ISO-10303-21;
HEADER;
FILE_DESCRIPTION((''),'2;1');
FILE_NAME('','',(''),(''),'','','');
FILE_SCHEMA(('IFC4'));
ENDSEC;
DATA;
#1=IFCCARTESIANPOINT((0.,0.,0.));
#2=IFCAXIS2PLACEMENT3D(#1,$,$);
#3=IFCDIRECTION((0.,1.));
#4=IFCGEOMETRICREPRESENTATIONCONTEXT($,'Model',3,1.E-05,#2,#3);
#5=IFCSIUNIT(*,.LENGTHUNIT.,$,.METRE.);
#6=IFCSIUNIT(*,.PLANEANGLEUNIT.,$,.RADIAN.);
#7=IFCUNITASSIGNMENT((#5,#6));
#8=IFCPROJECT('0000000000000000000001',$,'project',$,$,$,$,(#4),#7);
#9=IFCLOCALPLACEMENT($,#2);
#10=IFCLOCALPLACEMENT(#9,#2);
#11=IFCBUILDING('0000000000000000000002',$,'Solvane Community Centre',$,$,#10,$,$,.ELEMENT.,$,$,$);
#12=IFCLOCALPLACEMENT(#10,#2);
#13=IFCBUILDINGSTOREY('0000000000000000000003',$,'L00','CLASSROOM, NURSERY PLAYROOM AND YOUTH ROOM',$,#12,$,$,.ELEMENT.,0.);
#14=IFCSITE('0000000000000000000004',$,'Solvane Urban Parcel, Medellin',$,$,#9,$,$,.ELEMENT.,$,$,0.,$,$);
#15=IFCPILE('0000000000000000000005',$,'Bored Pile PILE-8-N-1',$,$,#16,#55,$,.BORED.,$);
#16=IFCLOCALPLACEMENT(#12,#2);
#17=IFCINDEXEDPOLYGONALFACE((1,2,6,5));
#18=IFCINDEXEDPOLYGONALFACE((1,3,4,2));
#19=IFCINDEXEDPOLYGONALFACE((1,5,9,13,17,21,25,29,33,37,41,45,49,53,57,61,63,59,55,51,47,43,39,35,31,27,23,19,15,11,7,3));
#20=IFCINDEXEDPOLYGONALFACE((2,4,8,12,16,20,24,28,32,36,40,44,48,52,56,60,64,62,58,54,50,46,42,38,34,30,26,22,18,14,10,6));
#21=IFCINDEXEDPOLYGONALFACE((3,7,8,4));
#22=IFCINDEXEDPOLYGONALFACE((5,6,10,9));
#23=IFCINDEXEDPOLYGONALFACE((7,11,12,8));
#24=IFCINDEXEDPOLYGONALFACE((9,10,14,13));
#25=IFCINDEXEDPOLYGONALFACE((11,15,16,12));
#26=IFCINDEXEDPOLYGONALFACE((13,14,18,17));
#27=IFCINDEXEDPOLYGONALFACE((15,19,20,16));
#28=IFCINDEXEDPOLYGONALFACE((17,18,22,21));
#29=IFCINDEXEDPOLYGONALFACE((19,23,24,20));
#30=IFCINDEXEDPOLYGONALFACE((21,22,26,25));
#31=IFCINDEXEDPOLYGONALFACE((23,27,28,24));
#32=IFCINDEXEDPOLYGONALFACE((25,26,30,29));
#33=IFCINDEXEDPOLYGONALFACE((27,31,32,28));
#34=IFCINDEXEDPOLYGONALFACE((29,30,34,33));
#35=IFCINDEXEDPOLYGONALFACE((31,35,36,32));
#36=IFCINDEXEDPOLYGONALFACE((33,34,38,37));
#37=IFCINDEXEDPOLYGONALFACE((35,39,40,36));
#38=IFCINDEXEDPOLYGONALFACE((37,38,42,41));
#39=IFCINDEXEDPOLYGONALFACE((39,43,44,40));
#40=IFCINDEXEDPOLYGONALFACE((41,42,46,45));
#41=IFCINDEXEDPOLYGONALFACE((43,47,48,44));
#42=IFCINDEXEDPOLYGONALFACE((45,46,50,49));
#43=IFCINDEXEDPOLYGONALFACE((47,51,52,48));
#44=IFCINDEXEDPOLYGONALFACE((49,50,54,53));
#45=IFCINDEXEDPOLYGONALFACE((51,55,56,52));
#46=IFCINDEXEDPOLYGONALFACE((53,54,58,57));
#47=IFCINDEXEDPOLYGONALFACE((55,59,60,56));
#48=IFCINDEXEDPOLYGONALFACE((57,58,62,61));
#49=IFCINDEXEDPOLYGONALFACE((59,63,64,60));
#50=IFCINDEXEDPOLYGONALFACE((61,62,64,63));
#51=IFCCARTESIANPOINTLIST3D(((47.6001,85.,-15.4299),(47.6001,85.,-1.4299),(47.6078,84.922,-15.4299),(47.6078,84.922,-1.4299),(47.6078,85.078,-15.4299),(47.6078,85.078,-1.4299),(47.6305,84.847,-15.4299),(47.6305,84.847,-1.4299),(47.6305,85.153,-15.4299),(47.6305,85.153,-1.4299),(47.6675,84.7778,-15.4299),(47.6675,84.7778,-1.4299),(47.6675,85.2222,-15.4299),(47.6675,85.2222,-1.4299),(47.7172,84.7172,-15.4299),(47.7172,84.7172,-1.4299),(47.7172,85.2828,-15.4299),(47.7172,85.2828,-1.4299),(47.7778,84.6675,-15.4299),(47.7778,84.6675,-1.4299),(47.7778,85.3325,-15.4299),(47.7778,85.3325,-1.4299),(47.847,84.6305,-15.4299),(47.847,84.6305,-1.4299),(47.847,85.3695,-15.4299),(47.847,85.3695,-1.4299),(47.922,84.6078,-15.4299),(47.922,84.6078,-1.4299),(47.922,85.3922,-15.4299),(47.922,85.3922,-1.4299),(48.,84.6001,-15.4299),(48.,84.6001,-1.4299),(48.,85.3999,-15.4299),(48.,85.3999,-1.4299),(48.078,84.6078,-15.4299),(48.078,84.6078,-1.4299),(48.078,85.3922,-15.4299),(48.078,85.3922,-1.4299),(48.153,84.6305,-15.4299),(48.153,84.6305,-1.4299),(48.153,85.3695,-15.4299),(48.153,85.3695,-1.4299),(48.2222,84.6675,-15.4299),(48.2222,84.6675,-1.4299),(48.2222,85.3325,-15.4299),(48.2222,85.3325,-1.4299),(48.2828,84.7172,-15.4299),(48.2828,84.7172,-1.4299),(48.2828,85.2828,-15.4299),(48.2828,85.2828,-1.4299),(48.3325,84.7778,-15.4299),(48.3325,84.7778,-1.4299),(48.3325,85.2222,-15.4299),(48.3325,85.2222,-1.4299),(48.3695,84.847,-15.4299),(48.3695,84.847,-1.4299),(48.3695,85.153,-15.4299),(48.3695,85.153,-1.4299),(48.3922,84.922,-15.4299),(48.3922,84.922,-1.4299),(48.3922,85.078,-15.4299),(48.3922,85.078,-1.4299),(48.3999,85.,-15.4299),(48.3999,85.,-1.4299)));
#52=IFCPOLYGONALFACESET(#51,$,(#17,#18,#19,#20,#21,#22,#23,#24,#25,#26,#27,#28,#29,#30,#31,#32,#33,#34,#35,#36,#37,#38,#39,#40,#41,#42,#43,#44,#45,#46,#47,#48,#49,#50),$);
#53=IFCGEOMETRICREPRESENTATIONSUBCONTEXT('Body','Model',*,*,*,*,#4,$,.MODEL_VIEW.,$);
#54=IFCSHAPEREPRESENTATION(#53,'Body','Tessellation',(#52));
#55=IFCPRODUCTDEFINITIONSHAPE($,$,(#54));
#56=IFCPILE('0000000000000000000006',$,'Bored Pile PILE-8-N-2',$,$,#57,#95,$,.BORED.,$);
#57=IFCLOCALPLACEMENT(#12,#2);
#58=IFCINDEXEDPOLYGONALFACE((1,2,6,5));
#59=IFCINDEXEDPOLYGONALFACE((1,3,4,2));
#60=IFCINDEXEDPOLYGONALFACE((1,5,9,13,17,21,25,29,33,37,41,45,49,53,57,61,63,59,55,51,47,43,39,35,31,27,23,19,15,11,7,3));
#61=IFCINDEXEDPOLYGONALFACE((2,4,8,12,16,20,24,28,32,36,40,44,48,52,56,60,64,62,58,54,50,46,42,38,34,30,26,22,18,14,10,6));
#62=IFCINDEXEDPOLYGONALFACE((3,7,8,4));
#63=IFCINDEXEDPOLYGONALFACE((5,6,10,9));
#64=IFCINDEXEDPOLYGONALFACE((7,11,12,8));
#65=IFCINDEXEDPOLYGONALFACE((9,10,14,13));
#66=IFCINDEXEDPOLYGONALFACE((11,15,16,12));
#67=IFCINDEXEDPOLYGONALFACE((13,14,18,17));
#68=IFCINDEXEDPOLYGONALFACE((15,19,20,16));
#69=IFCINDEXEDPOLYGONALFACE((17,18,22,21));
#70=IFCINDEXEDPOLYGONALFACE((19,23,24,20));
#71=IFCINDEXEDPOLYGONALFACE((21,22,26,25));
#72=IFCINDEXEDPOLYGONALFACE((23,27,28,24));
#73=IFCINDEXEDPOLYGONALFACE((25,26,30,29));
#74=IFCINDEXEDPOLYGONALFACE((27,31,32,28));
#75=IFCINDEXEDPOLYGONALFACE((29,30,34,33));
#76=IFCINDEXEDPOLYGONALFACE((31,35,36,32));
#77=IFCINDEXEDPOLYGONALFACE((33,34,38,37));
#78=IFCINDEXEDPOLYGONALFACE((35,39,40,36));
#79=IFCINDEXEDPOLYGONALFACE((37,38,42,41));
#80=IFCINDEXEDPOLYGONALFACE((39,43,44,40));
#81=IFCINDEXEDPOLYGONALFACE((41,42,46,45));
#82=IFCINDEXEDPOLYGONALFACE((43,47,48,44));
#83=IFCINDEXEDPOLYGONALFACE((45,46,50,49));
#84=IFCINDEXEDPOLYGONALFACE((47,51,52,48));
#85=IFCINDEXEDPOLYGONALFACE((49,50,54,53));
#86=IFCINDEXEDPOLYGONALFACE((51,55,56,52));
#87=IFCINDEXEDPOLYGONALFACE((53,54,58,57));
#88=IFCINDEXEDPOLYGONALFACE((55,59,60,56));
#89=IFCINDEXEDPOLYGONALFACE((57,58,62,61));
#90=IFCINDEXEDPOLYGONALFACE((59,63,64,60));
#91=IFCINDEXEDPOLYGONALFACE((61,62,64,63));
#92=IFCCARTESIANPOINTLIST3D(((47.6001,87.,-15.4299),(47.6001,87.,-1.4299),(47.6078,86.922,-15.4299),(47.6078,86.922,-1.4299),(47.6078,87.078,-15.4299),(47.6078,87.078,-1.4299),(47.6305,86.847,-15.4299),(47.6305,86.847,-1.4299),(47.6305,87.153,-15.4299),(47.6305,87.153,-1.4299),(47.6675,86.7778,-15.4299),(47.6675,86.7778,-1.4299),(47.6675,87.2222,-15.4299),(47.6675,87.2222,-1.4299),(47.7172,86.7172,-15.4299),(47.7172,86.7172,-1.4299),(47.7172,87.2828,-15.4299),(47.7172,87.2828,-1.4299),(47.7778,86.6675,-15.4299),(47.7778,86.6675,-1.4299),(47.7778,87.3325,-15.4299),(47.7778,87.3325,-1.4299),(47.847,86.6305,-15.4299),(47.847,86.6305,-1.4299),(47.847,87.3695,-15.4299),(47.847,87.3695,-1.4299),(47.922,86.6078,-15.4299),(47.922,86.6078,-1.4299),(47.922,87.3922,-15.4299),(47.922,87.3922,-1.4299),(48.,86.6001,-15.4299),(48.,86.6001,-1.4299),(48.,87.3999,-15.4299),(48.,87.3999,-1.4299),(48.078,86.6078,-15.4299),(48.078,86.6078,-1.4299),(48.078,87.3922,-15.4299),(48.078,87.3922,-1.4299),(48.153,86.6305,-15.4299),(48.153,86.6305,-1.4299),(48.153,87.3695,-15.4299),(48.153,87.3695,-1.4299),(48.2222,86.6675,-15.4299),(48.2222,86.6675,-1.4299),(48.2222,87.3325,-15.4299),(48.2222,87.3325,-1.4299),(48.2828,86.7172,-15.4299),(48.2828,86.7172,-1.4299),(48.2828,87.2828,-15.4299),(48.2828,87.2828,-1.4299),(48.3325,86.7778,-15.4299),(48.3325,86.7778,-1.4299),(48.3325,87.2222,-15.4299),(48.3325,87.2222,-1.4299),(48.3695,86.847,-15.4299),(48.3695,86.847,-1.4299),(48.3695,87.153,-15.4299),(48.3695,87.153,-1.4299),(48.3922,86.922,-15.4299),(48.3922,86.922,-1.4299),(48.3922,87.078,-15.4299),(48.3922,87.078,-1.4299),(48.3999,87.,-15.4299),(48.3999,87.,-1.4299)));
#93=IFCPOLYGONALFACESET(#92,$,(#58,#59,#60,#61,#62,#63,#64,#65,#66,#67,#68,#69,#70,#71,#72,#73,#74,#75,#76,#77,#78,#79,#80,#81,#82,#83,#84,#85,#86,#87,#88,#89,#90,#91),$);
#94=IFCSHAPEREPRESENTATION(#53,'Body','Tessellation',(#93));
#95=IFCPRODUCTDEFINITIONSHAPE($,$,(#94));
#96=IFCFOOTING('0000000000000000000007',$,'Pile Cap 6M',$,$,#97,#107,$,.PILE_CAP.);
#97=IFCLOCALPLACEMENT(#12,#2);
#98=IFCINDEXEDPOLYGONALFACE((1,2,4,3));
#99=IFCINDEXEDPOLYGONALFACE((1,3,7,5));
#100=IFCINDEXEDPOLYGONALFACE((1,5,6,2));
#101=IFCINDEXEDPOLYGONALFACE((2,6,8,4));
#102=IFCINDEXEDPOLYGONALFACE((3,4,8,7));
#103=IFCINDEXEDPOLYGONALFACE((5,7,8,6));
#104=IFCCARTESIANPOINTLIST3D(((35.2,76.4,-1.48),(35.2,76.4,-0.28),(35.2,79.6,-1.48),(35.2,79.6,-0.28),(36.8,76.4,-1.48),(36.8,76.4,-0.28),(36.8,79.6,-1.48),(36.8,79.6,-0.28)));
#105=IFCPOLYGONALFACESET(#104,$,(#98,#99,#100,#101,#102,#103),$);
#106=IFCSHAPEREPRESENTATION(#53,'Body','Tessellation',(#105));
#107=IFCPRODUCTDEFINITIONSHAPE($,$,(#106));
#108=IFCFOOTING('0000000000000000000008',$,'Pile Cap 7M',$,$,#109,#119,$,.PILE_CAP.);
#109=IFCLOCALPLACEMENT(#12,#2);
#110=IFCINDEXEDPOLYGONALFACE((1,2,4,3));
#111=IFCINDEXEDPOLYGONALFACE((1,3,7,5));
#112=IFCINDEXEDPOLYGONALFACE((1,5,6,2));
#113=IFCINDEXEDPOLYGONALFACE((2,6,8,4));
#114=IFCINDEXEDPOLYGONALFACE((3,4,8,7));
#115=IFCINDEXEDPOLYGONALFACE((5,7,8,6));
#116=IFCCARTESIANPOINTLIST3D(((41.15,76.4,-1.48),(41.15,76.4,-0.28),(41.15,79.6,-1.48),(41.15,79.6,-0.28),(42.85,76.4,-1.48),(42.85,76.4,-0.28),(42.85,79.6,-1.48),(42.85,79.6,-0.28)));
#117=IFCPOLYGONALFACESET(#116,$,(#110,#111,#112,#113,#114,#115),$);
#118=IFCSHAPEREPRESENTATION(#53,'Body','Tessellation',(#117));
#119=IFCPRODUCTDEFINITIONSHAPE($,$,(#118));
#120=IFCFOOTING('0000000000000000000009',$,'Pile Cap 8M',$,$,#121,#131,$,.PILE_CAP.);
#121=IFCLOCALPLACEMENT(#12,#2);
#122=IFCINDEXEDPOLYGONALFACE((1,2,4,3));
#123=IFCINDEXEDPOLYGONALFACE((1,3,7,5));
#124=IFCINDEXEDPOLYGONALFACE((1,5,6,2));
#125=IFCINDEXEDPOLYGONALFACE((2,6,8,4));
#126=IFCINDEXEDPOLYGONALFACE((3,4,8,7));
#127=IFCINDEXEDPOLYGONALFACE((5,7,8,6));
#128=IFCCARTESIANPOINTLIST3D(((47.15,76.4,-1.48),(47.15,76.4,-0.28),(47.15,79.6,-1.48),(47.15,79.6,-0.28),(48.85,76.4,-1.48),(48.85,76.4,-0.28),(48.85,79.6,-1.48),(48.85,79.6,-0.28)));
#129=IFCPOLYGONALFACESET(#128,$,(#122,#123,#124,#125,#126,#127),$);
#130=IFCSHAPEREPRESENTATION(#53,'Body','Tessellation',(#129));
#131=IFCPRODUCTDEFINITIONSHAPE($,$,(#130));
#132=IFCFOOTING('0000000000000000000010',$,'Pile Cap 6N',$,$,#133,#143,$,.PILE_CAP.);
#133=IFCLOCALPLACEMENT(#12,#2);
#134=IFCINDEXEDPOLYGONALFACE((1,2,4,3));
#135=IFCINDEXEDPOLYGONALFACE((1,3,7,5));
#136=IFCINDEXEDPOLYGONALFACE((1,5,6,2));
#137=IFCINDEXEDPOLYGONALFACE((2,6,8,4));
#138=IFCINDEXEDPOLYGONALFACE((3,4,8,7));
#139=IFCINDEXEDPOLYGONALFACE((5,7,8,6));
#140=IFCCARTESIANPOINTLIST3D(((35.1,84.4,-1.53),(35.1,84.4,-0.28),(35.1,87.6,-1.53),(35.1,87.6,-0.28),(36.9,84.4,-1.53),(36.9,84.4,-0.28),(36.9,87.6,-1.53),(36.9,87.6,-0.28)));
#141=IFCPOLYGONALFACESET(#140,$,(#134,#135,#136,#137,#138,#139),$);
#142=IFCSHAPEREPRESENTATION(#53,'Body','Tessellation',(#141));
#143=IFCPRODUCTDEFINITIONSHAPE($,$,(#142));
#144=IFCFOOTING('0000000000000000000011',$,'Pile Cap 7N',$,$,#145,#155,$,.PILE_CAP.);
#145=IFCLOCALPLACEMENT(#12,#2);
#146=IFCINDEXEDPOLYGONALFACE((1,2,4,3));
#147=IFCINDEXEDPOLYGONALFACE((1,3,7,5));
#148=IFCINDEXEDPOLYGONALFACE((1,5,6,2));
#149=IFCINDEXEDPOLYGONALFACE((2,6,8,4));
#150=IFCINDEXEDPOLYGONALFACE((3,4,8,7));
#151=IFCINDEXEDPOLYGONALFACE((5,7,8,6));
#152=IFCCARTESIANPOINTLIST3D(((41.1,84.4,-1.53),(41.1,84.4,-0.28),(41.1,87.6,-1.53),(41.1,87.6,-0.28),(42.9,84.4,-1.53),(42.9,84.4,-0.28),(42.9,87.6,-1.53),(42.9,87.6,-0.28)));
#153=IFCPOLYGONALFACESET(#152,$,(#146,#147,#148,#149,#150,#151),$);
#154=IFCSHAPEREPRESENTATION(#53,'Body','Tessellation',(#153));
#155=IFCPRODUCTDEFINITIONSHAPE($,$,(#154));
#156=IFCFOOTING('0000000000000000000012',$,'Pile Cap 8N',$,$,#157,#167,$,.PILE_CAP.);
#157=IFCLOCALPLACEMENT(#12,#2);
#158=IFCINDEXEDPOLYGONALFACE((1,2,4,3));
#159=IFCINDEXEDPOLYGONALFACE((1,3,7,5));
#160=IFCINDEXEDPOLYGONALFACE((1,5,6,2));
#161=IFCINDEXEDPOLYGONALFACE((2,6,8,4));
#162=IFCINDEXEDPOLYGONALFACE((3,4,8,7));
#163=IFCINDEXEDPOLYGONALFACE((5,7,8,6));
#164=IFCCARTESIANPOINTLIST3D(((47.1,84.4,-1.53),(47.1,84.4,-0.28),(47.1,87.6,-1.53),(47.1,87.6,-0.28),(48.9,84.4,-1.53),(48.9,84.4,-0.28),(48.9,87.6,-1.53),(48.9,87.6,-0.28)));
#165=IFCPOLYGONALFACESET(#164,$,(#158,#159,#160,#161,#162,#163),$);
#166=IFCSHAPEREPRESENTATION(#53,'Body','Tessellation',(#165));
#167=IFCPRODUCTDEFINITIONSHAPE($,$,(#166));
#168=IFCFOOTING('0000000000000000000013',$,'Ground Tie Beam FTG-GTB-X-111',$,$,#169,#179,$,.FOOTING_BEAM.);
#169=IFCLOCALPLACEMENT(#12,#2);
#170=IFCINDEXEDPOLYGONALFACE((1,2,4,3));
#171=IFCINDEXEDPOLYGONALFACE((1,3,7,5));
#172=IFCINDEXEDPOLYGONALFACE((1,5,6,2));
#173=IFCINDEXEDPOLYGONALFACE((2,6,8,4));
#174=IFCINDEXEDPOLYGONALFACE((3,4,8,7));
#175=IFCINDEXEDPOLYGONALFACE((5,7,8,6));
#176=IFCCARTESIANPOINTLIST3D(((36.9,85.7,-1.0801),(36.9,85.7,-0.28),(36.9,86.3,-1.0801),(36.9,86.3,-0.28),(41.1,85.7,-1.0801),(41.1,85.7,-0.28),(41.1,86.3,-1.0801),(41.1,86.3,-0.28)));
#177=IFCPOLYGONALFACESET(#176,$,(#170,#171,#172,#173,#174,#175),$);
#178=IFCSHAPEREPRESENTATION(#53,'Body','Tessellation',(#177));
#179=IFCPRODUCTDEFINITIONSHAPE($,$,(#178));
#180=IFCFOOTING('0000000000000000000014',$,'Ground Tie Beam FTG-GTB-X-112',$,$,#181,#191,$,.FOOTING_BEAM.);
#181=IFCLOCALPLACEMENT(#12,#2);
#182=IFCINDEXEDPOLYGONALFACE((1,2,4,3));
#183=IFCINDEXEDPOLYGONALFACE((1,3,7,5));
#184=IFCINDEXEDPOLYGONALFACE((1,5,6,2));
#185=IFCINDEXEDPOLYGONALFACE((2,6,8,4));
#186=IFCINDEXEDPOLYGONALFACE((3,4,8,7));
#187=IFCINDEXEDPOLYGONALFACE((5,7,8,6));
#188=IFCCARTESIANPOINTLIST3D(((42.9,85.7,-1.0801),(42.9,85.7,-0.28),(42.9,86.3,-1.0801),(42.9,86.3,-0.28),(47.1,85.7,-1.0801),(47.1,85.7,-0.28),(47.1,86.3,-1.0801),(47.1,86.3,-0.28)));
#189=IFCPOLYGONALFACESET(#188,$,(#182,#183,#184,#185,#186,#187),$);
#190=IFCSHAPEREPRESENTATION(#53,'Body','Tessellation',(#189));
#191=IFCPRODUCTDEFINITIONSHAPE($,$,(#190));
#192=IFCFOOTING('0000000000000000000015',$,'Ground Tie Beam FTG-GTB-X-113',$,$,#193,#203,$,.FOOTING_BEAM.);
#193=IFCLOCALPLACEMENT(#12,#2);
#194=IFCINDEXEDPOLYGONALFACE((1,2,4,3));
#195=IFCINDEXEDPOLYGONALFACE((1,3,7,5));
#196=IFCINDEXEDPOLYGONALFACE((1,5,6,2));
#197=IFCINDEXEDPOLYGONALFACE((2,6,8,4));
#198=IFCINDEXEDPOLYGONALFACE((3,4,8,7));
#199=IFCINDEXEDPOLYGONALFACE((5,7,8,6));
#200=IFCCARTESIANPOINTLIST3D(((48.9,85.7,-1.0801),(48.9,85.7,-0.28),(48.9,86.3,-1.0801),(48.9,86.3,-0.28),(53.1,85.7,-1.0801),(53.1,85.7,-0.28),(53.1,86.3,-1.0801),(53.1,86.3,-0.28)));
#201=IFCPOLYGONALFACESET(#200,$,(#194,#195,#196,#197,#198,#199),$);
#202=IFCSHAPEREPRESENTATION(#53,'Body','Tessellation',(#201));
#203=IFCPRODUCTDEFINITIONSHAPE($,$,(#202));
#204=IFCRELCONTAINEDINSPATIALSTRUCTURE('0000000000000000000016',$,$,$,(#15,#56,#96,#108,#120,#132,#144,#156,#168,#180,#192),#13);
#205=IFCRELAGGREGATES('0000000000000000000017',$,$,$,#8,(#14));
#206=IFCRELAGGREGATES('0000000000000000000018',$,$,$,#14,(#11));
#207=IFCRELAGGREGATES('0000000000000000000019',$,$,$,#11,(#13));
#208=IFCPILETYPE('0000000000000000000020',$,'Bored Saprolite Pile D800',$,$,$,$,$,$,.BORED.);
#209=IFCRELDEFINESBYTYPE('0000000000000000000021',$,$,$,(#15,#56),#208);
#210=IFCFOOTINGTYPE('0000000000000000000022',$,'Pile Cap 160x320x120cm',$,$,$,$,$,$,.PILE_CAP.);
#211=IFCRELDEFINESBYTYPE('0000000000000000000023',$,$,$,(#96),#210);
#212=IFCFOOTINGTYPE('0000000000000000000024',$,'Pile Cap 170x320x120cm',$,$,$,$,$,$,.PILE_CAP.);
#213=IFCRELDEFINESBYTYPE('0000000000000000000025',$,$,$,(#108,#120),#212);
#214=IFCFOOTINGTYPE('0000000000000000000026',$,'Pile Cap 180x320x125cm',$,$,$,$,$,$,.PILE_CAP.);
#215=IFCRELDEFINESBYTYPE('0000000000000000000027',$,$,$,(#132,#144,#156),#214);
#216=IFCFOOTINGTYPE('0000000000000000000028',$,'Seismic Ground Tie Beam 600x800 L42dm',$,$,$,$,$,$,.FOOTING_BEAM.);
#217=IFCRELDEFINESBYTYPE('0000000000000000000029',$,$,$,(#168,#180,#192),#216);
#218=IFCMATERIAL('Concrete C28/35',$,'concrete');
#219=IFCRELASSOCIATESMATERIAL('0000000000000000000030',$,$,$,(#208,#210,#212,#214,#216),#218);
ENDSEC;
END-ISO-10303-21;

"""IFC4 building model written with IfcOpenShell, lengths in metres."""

from ifc_helpers import new_model, si_unit, direction, frame, origin, origin_2d, place, context, subcontext, project, spatial, rectangle, circle, extrude, material, material_profile, profile_set, type_object, element, save


model = new_model("IFC4")

# Units and contexts
model_context = context("Model", 3, precision=1e-05, world=origin(), true_north=direction((0.0, 1.0)))
body_context = subcontext(model_context, "Body", "Model", "MODEL_VIEW")
ifc_project = project(units=[si_unit("LENGTHUNIT", "METRE"), si_unit("PLANEANGLEUNIT", "RADIAN")], contexts=[model_context])

# Site, building, storey
site_placement = place(None, origin())
site = spatial("IfcSite", under=ifc_project, at=site_placement, Name="Solvane Urban Parcel, Medellin", CompositionType="ELEMENT", RefElevation=0.0)
building_placement = place(site_placement, origin())
building = spatial("IfcBuilding", under=site, at=building_placement, Name="Solvane Community Centre", CompositionType="ELEMENT")
storey_placement = place(building_placement, origin())
storey = spatial("IfcBuildingStorey", under=building, at=storey_placement, Name="L00", Description="CLASSROOM, NURSERY PLAYROOM AND YOUTH ROOM", CompositionType="ELEMENT", Elevation=0.0)

# Piles
ifc_material_1 = material(Name="Concrete C28/35", Category="concrete")
ifc_material_profile_1 = material_profile(ifc_material_1, circle(Radius=0.3999, at=origin_2d()), Name="PILE D800")
ifc_profile_set_1 = profile_set([ifc_material_profile_1], Name="Concrete C28/35")
pile_type = type_object("IfcPileType", Name="Bored Saprolite Pile D800", PredefinedType="BORED", material=ifc_profile_set_1)
for number, where, z_axis, x_axis, name in (
    (1, (48.0, 85.0, -1.4299), (0.0, 0.0, -1.0), (1.0, 0.0, 0.0), "Bored Pile PILE-8-N-1"),
    (2, (48.0, 87.0, -1.4299), (0.0, 0.0, -1.0), (1.0, 0.0, 0.0), "Bored Pile PILE-8-N-2"),
):
    element("IfcPile", number, at=place(storey_placement, frame(where, z_axis=z_axis, x_axis=x_axis)), inside=storey, type_object=pile_type, Name=name, PredefinedType="BORED", context=body_context, shape_type="SweptSolid", body=[
        extrude(circle(Radius=0.3999, at=origin_2d()), origin(), (0.0, 0.0, 1.0), 14.0),
    ])

# Footings
footing_type_1 = type_object("IfcFootingType", Name="Pile Cap 160x320x120cm", PredefinedType="PILE_CAP", material=ifc_material_1)
footing_1_placement = place(storey_placement, frame((36.0, 78.0, -1.48), z_axis=(0.0, 0.0, 1.0), x_axis=(1.0, 0.0, 0.0)))
element("IfcFooting", 3, at=footing_1_placement, inside=storey, type_object=footing_type_1, Name="Pile Cap 6M", PredefinedType="PILE_CAP", context=body_context, shape_type="SweptSolid", body=[
    extrude(rectangle(XDim=1.6001, YDim=3.2, at=origin_2d()), origin(), (0.0, 0.0, 1.0), 1.2),
])
footing_type_2 = type_object("IfcFootingType", Name="Pile Cap 170x320x120cm", PredefinedType="PILE_CAP", material=ifc_material_1)
for number, where, z_axis, x_axis, name in (
    (4, (42.0, 78.0, -1.48), (0.0, 0.0, 1.0), (1.0, 0.0, 0.0), "Pile Cap 7M"),
    (5, (48.0, 78.0, -1.48), (0.0, 0.0, 1.0), (1.0, 0.0, 0.0), "Pile Cap 8M"),
):
    element("IfcFooting", number, at=place(storey_placement, frame(where, z_axis=z_axis, x_axis=x_axis)), inside=storey, type_object=footing_type_2, Name=name, PredefinedType="PILE_CAP", context=body_context, shape_type="SweptSolid", body=[
        extrude(rectangle(XDim=1.7, YDim=3.2, at=origin_2d()), origin(), (0.0, 0.0, 1.0), 1.2),
    ])
footing_type_3 = type_object("IfcFootingType", Name="Pile Cap 180x320x125cm", PredefinedType="PILE_CAP", material=ifc_material_1)
for number, where, z_axis, x_axis, name in (
    (6, (36.0, 86.0, -1.53), (0.0, 0.0, 1.0), (1.0, 0.0, 0.0), "Pile Cap 6N"),
    (7, (42.0, 86.0, -1.53), (0.0, 0.0, 1.0), (1.0, 0.0, 0.0), "Pile Cap 7N"),
    (8, (48.0, 86.0, -1.53), (0.0, 0.0, 1.0), (1.0, 0.0, 0.0), "Pile Cap 8N"),
):
    element("IfcFooting", number, at=place(storey_placement, frame(where, z_axis=z_axis, x_axis=x_axis)), inside=storey, type_object=footing_type_3, Name=name, PredefinedType="PILE_CAP", context=body_context, shape_type="SweptSolid", body=[
        extrude(rectangle(XDim=1.8, YDim=3.2, at=origin_2d()), origin(), (0.0, 0.0, 1.0), 1.25),
    ])
footing_type_4 = type_object("IfcFootingType", Name="Seismic Ground Tie Beam 600x800 L42dm", PredefinedType="FOOTING_BEAM", material=ifc_material_1)
for number, where, z_axis, x_axis, name in (
    (9, (39.0, 86.0, -1.0801), (0.0, 0.0, 1.0), (1.0, 0.0, 0.0), "Ground Tie Beam FTG-GTB-X-111"),
    (10, (45.0, 86.0, -1.0801), (0.0, 0.0, 1.0), (1.0, 0.0, 0.0), "Ground Tie Beam FTG-GTB-X-112"),
    (11, (51.0, 86.0, -1.0801), (0.0, 0.0, 1.0), (1.0, 0.0, 0.0), "Ground Tie Beam FTG-GTB-X-113"),
):
    element("IfcFooting", number, at=place(storey_placement, frame(where, z_axis=z_axis, x_axis=x_axis)), inside=storey, type_object=footing_type_4, Name=name, PredefinedType="FOOTING_BEAM", context=body_context, shape_type="SweptSolid", body=[
        extrude(rectangle(XDim=4.2, YDim=0.6001, at=origin_2d()), origin(), (0.0, 0.0, 1.0), 0.8),
    ])

save(model, "model.ifc")
